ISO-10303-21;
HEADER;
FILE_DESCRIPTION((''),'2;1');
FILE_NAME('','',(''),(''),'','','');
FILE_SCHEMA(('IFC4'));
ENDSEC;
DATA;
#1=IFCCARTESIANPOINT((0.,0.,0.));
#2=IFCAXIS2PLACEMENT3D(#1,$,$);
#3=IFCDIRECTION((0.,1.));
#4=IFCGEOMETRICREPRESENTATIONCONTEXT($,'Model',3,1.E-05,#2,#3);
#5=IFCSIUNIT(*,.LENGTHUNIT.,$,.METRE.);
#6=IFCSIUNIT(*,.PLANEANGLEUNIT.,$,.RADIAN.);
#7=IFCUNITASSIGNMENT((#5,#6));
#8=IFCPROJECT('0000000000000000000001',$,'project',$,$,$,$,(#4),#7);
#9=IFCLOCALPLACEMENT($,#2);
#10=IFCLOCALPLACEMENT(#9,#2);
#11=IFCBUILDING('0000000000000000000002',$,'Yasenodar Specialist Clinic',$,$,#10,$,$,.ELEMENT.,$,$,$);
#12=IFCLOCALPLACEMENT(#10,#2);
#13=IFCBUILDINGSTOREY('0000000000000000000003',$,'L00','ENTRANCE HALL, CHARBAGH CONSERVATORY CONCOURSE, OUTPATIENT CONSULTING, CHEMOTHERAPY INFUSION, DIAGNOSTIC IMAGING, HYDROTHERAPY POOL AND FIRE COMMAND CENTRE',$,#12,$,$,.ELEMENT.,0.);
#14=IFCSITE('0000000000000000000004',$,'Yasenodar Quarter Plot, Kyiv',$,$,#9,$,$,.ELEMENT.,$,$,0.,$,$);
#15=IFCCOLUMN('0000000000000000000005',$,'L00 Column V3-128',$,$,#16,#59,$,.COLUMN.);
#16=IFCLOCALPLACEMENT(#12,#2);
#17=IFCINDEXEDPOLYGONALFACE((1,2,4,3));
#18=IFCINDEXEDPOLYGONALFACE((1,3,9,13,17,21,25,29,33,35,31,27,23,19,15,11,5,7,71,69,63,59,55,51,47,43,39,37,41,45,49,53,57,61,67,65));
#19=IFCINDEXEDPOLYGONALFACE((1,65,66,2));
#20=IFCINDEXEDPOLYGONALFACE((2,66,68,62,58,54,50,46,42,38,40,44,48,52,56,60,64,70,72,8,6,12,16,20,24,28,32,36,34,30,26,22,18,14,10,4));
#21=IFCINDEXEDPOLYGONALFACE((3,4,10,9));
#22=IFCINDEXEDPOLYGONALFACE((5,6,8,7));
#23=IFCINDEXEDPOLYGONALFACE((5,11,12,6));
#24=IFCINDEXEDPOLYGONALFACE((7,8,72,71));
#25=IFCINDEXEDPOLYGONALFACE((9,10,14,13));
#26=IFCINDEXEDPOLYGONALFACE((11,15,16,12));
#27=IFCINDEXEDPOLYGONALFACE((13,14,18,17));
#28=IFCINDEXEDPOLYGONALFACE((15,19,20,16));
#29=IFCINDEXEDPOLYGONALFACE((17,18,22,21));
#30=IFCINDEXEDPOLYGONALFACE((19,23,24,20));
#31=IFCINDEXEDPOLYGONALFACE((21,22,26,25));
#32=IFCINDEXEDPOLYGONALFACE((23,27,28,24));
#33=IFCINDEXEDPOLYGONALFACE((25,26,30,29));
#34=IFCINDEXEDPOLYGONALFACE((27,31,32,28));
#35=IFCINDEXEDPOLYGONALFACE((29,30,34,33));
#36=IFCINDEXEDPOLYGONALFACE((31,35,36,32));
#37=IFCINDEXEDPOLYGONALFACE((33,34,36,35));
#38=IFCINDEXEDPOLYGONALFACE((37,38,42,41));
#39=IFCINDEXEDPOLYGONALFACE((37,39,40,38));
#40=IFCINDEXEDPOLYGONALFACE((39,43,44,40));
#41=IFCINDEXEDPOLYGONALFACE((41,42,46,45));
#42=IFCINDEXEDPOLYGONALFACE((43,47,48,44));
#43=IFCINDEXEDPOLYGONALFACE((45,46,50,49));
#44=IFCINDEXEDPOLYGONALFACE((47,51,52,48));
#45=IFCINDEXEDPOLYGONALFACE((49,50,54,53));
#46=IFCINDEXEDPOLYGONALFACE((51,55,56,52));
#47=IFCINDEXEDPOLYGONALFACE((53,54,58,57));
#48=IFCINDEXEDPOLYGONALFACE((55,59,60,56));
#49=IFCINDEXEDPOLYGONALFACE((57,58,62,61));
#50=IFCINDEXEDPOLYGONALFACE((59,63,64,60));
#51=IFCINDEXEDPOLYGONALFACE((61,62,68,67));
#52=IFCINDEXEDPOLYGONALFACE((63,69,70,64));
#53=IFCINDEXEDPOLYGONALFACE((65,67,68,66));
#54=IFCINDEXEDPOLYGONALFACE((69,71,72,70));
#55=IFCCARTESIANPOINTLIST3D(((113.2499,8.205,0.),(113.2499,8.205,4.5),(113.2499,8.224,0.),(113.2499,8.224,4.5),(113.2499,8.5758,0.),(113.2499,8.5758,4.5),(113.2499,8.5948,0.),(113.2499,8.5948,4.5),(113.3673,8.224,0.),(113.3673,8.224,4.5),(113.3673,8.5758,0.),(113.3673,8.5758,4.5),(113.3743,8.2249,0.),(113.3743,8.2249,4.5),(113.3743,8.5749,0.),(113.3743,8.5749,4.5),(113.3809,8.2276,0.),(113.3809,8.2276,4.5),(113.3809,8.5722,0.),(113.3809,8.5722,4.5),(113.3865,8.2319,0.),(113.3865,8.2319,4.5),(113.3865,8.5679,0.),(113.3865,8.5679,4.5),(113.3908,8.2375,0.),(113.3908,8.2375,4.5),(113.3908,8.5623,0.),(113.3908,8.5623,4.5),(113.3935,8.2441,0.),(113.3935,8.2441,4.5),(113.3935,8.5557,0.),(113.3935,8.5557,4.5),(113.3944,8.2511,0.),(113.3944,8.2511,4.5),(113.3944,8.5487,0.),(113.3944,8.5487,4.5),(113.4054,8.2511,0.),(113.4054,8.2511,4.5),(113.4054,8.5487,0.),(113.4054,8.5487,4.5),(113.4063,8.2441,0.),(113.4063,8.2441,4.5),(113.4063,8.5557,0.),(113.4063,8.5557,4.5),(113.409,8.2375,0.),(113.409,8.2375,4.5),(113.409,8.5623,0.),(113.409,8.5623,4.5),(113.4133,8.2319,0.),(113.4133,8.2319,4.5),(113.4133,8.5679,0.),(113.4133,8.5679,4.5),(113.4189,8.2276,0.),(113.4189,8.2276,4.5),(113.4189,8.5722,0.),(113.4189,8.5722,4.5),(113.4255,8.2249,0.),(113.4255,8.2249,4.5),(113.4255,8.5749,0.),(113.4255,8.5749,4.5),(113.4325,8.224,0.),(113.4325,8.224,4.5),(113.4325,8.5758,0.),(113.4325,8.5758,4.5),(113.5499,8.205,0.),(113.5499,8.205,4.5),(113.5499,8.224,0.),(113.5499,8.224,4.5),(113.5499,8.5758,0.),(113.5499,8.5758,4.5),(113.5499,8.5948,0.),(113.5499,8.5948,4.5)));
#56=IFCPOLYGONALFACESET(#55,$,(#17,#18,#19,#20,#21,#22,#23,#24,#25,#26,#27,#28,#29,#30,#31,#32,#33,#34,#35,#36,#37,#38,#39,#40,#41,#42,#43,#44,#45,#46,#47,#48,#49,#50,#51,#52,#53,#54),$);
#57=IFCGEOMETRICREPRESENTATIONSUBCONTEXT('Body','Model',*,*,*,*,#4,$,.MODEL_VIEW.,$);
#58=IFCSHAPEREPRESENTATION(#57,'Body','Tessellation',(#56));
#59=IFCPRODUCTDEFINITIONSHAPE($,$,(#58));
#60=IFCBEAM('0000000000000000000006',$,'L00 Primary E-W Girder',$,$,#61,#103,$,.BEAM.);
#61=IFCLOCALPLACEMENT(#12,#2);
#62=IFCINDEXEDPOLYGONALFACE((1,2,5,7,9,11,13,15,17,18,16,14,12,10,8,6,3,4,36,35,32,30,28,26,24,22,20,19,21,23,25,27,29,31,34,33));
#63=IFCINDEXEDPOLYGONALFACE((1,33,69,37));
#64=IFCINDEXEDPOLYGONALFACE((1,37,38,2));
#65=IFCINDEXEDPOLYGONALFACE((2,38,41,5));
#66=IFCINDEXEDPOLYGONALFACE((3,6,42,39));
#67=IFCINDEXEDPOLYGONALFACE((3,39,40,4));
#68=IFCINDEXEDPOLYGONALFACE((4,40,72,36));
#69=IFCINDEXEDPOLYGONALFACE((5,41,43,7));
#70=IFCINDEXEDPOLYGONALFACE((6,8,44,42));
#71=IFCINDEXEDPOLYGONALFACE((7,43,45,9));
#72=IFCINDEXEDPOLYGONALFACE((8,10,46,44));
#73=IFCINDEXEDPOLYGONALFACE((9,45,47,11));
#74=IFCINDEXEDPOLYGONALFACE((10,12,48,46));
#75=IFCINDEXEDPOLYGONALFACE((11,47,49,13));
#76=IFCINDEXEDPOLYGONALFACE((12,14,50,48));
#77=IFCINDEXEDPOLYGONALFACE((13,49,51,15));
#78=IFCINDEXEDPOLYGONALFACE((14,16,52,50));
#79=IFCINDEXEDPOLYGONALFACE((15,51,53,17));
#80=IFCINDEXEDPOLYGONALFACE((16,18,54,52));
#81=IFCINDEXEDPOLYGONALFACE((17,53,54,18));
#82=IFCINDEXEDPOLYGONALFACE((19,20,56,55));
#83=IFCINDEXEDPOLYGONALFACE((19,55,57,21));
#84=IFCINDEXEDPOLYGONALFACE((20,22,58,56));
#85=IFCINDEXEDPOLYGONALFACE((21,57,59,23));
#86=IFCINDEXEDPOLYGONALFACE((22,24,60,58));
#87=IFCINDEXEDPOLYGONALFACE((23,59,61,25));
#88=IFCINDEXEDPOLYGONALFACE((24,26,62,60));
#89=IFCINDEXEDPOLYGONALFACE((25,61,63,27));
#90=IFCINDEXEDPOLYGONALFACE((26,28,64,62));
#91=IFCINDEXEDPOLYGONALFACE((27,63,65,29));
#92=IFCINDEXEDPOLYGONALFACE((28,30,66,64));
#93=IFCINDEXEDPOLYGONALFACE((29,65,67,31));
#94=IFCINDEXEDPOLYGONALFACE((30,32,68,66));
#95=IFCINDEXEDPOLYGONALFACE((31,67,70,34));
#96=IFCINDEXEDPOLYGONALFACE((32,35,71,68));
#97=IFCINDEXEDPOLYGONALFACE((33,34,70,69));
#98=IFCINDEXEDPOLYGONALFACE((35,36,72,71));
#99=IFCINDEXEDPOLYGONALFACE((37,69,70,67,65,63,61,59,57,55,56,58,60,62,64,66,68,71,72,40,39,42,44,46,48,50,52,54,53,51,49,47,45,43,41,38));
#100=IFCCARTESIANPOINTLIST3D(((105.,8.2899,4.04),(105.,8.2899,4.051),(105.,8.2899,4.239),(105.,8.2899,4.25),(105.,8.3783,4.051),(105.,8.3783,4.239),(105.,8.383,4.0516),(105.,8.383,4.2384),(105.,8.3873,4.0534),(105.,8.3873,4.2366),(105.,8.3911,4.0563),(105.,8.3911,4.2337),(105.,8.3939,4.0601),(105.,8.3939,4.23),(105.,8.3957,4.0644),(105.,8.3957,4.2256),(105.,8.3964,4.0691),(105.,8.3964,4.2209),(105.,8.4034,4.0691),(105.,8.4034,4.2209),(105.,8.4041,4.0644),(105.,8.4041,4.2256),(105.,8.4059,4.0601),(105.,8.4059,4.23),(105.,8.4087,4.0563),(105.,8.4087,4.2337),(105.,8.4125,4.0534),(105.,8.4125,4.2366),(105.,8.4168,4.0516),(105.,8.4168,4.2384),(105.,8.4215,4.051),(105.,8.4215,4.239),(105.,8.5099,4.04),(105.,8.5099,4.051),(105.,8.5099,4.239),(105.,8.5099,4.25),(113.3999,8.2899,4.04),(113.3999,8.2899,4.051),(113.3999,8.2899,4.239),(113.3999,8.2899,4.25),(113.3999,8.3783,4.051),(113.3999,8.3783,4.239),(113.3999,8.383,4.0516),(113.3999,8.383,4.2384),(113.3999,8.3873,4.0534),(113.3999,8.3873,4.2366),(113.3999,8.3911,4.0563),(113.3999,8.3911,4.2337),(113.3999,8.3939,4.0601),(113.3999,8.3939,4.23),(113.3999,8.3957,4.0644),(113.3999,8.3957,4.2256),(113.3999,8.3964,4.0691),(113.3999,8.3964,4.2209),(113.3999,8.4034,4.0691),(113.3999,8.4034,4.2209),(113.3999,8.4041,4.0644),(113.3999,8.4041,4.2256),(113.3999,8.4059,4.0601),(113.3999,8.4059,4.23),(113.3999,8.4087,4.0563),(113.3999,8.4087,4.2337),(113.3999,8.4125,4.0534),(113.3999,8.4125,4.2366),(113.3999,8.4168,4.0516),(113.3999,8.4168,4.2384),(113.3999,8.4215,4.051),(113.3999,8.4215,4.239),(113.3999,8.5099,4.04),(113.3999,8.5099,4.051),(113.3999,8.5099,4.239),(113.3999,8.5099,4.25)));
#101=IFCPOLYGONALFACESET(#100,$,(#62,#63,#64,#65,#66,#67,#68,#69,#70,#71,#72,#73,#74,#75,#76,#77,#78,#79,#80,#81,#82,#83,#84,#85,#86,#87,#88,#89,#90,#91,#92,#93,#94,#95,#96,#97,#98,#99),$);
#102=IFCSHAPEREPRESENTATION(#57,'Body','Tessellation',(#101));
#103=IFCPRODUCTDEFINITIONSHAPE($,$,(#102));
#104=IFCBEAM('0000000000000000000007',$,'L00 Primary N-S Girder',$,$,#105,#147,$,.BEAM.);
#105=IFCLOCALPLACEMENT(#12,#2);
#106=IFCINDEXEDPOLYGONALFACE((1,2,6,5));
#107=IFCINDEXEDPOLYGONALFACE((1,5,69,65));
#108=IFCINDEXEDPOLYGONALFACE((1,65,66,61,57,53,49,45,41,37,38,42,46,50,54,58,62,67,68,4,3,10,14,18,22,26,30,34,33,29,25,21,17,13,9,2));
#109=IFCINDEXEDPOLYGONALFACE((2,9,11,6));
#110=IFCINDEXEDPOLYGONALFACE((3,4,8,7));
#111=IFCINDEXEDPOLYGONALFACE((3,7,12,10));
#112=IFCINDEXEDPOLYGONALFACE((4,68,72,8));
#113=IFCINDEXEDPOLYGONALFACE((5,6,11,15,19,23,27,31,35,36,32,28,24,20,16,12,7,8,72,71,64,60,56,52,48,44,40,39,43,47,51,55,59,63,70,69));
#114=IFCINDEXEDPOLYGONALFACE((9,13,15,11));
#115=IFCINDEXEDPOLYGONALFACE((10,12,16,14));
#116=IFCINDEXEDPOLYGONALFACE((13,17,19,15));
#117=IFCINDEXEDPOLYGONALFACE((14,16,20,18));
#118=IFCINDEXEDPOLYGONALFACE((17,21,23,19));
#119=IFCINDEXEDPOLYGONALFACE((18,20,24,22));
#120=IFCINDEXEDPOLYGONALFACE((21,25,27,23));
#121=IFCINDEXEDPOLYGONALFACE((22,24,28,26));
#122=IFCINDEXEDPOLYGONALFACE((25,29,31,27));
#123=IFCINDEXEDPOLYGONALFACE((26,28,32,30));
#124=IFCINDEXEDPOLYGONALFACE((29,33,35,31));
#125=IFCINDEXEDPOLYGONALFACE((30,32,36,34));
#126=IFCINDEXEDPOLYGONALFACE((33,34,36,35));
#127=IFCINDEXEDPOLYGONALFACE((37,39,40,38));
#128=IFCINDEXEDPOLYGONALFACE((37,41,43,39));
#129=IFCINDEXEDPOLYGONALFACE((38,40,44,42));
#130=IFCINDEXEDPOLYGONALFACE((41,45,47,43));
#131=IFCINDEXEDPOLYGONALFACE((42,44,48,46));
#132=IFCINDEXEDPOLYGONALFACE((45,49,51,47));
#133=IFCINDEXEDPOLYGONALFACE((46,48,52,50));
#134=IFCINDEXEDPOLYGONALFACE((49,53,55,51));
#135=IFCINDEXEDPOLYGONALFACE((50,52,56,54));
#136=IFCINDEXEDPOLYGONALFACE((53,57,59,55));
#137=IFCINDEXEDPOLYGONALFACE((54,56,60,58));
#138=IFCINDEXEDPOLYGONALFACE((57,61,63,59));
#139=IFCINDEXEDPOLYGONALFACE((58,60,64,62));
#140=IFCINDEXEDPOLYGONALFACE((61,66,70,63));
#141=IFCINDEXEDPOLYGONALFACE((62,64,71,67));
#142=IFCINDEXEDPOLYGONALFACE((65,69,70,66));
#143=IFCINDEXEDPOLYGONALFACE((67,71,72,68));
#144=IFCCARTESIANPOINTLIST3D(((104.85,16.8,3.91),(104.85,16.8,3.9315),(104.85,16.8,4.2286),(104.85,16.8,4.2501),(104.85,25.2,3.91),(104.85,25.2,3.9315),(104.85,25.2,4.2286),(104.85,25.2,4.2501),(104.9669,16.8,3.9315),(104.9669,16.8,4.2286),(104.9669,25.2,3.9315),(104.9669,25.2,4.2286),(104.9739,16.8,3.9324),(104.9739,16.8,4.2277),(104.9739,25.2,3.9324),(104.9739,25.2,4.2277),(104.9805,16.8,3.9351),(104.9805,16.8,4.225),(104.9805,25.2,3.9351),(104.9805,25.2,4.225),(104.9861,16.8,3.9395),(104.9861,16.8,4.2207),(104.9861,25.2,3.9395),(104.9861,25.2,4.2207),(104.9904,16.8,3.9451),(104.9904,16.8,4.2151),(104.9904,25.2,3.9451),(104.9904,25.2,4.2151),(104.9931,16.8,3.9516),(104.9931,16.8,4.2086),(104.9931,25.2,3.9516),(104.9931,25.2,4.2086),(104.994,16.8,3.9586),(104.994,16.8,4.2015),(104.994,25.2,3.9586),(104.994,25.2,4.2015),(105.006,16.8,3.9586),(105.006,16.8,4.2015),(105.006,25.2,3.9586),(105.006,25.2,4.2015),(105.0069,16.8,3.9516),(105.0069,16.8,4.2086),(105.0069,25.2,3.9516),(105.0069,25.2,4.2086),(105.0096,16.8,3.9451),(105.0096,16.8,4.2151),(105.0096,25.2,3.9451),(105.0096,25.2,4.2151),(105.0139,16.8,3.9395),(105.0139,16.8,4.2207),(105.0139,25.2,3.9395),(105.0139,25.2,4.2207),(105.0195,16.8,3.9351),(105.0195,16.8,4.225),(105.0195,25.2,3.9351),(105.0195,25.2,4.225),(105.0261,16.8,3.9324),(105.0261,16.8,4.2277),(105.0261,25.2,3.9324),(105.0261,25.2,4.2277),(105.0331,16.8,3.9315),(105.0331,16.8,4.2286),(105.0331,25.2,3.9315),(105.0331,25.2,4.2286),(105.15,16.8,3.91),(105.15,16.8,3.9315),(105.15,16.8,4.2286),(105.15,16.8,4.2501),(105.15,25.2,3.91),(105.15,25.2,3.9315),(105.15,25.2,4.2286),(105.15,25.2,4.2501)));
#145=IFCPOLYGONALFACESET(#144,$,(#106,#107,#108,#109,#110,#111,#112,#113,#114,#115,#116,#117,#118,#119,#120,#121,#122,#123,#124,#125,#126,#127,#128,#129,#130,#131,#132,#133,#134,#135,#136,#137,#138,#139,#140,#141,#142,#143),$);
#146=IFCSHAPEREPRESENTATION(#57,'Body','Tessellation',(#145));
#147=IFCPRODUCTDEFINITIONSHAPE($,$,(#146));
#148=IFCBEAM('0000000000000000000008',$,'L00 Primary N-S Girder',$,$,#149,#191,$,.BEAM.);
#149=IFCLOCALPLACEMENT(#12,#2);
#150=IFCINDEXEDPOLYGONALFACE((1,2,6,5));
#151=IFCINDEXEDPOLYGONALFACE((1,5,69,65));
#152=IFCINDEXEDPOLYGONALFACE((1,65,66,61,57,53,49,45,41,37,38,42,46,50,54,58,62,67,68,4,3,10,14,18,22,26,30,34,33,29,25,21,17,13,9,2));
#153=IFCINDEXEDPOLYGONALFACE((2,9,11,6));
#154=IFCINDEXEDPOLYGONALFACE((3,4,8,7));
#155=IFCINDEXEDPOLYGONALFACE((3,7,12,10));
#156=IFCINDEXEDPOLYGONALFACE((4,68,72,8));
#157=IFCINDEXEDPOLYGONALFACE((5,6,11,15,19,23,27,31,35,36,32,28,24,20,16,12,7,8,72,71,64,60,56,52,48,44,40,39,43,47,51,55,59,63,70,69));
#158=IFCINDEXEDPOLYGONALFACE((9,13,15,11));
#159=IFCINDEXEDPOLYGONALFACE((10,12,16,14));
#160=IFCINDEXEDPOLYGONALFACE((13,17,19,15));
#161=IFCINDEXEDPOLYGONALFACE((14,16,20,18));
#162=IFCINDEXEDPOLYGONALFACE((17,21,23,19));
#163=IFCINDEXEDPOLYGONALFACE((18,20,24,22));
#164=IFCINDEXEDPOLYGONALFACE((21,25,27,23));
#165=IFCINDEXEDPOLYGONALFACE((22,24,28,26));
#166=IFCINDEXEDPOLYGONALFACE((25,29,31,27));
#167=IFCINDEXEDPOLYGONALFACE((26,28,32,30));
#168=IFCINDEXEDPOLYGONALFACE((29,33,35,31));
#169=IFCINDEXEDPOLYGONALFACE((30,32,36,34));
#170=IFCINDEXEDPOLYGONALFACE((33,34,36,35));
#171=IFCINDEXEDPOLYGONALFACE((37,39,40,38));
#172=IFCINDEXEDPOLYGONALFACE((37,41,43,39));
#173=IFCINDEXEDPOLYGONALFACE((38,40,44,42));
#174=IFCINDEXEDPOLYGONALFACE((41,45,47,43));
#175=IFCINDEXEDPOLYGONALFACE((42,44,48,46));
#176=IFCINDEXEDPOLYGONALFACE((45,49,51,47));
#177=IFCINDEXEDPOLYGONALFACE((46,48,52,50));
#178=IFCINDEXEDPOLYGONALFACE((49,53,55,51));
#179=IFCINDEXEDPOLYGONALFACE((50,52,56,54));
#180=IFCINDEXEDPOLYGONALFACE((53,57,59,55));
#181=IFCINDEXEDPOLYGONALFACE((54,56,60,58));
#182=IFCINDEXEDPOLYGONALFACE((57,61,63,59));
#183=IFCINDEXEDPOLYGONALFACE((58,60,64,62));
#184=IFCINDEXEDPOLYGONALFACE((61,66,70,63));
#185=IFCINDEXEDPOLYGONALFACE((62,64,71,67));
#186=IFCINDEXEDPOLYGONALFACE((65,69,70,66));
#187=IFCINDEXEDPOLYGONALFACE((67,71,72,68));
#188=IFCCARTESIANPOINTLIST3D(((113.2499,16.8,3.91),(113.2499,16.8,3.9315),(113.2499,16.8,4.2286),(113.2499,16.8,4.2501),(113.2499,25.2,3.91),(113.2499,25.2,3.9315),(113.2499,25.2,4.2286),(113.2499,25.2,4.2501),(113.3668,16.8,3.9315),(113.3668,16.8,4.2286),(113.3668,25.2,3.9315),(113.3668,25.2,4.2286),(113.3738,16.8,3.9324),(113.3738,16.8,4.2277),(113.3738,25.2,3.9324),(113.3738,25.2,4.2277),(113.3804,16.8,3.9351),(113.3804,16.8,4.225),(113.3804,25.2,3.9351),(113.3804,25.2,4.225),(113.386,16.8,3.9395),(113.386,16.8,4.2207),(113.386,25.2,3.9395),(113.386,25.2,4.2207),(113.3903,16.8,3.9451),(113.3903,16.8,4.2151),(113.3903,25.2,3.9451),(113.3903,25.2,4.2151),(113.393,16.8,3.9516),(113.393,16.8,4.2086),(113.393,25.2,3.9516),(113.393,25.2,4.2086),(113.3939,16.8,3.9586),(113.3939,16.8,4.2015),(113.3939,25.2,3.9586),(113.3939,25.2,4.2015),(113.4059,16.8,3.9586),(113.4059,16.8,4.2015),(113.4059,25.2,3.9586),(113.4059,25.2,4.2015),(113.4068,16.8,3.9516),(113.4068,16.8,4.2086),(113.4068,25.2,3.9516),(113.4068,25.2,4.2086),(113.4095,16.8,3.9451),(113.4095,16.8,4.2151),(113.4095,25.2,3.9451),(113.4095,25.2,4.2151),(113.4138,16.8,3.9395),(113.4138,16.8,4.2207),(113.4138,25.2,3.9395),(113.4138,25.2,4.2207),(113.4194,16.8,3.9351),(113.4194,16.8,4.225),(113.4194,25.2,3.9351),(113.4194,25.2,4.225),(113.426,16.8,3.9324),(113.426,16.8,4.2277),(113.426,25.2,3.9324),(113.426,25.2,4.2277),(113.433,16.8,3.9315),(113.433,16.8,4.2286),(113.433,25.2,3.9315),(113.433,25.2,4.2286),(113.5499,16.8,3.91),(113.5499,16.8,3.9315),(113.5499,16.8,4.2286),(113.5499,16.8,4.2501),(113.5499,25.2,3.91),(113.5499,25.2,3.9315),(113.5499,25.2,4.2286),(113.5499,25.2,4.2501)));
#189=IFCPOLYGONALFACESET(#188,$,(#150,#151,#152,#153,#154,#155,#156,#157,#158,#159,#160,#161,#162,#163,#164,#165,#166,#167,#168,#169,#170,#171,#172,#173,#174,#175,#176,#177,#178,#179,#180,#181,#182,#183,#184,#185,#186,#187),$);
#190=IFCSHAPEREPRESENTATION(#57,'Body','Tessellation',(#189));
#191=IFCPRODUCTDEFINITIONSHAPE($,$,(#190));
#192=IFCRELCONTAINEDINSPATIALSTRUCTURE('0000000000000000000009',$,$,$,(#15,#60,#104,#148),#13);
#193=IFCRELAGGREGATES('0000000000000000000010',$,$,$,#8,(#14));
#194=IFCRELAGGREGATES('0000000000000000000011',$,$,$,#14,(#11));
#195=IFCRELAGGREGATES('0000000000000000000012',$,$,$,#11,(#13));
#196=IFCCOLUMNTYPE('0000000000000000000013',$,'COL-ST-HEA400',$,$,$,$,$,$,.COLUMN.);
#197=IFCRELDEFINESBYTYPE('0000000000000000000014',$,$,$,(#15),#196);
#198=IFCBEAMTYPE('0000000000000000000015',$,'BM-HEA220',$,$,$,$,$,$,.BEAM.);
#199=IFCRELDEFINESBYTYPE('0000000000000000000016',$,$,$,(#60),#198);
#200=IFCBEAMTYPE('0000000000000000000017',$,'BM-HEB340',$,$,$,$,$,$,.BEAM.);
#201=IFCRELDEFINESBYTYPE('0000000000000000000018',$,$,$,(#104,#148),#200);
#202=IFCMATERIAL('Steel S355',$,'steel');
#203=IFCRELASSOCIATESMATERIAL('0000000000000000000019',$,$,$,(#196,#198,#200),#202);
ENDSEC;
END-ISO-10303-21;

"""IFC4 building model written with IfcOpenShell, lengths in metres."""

from ifc_helpers import new_model, si_unit, direction, frame, origin, origin_2d, place, context, subcontext, project, spatial, i_section, extrude, material, material_profile, profile_set, type_object, element, save


model = new_model("IFC4")

# Units and contexts
model_context = context("Model", 3, precision=1e-05, world=origin(), true_north=direction((0.0, 1.0)))
body_context = subcontext(model_context, "Body", "Model", "MODEL_VIEW")
ifc_project = project(units=[si_unit("LENGTHUNIT", "METRE"), si_unit("PLANEANGLEUNIT", "RADIAN")], contexts=[model_context])

# Site, building, storey
site_placement = place(None, origin())
site = spatial("IfcSite", under=ifc_project, at=site_placement, Name="Yasenodar Quarter Plot, Kyiv", CompositionType="ELEMENT", RefElevation=0.0)
building_placement = place(site_placement, origin())
building = spatial("IfcBuilding", under=site, at=building_placement, Name="Yasenodar Specialist Clinic", CompositionType="ELEMENT")
storey_placement = place(building_placement, origin())
storey = spatial("IfcBuildingStorey", under=building, at=storey_placement, Name="L00", Description="ENTRANCE HALL, CHARBAGH CONSERVATORY CONCOURSE, OUTPATIENT CONSULTING, CHEMOTHERAPY INFUSION, DIAGNOSTIC IMAGING, HYDROTHERAPY POOL AND FIRE COMMAND CENTRE", CompositionType="ELEMENT", Elevation=0.0)

# Column
ifc_material_1 = material(Name="Steel S355", Category="steel")
ifc_material_profile_1 = material_profile(ifc_material_1, i_section(OverallWidth=0.3, OverallDepth=0.3899, WebThickness=0.011, FlangeThickness=0.019, FilletRadius=0.0271, at=origin_2d()), Name="HEA 400")
ifc_profile_set_1 = profile_set([ifc_material_profile_1], Name="Steel S355")
column_type_1 = type_object("IfcColumnType", Name="COL-ST-HEA400", PredefinedType="COLUMN", material=ifc_profile_set_1)
for number, where, z_axis, x_axis, name in (
    (1, (113.3999, 8.3999, 0.0), (0.0, 0.0, 1.0), (1.0, 0.0, 0.0), "L00 Column V3-128"),
):
    element("IfcColumn", number, at=place(storey_placement, frame(where, z_axis=z_axis, x_axis=x_axis)), inside=storey, type_object=column_type_1, Name=name, PredefinedType="COLUMN", context=body_context, shape_type="SweptSolid", body=[
        extrude(i_section(OverallWidth=0.3, OverallDepth=0.3899, WebThickness=0.011, FlangeThickness=0.019, FilletRadius=0.0271, at=origin_2d()), origin(), (0.0, 0.0, 1.0), 4.5),
    ])

# Beams
ifc_material_profile_2 = material_profile(ifc_material_1, i_section(OverallWidth=0.22, OverallDepth=0.21, WebThickness=0.0071, FlangeThickness=0.011, FilletRadius=0.0181, at=origin_2d()), Name="HEA 220")
ifc_profile_set_2 = profile_set([ifc_material_profile_2], Name="Steel S355")
beam_type_1 = type_object("IfcBeamType", Name="BM-HEA220", PredefinedType="BEAM", material=ifc_profile_set_2)
beam_1_placement = place(storey_placement, frame((105.0, 8.3999, 4.145), z_axis=(1.0, 0.0, 0.0), x_axis=(0.0, 1.0, 0.0)))
element("IfcBeam", 2, at=beam_1_placement, inside=storey, type_object=beam_type_1, Name="L00 Primary E-W Girder", PredefinedType="BEAM", context=body_context, shape_type="SweptSolid", body=[
    extrude(i_section(OverallWidth=0.22, OverallDepth=0.21, WebThickness=0.0071, FlangeThickness=0.011, FilletRadius=0.0181, at=origin_2d()), origin(), (0.0, 0.0, 1.0), 8.3999),
])
ifc_material_profile_3 = material_profile(ifc_material_1, i_section(OverallWidth=0.3, OverallDepth=0.3401, WebThickness=0.012, FlangeThickness=0.0215, FilletRadius=0.0271, at=origin_2d()), Name="HEB 340")
ifc_profile_set_3 = profile_set([ifc_material_profile_3], Name="Steel S355")
beam_type_2 = type_object("IfcBeamType", Name="BM-HEB340", PredefinedType="BEAM", material=ifc_profile_set_3)
for number, where, z_axis, x_axis, name in (
    (3, (105.0, 16.8, 4.0801), (0.0, 1.0, 0.0), (-1.0, 0.0, 0.0), "L00 Primary N-S Girder"),
    (4, (113.3999, 16.8, 4.0801), (0.0, 1.0, 0.0), (-1.0, 0.0, 0.0), "L00 Primary N-S Girder"),
):
    element("IfcBeam", number, at=place(storey_placement, frame(where, z_axis=z_axis, x_axis=x_axis)), inside=storey, type_object=beam_type_2, Name=name, PredefinedType="BEAM", context=body_context, shape_type="SweptSolid", body=[
        extrude(i_section(OverallWidth=0.3, OverallDepth=0.3401, WebThickness=0.012, FlangeThickness=0.0215, FilletRadius=0.0271, at=origin_2d()), origin(), (0.0, 0.0, 1.0), 8.3999),
    ])

save(model, "model.ifc")
